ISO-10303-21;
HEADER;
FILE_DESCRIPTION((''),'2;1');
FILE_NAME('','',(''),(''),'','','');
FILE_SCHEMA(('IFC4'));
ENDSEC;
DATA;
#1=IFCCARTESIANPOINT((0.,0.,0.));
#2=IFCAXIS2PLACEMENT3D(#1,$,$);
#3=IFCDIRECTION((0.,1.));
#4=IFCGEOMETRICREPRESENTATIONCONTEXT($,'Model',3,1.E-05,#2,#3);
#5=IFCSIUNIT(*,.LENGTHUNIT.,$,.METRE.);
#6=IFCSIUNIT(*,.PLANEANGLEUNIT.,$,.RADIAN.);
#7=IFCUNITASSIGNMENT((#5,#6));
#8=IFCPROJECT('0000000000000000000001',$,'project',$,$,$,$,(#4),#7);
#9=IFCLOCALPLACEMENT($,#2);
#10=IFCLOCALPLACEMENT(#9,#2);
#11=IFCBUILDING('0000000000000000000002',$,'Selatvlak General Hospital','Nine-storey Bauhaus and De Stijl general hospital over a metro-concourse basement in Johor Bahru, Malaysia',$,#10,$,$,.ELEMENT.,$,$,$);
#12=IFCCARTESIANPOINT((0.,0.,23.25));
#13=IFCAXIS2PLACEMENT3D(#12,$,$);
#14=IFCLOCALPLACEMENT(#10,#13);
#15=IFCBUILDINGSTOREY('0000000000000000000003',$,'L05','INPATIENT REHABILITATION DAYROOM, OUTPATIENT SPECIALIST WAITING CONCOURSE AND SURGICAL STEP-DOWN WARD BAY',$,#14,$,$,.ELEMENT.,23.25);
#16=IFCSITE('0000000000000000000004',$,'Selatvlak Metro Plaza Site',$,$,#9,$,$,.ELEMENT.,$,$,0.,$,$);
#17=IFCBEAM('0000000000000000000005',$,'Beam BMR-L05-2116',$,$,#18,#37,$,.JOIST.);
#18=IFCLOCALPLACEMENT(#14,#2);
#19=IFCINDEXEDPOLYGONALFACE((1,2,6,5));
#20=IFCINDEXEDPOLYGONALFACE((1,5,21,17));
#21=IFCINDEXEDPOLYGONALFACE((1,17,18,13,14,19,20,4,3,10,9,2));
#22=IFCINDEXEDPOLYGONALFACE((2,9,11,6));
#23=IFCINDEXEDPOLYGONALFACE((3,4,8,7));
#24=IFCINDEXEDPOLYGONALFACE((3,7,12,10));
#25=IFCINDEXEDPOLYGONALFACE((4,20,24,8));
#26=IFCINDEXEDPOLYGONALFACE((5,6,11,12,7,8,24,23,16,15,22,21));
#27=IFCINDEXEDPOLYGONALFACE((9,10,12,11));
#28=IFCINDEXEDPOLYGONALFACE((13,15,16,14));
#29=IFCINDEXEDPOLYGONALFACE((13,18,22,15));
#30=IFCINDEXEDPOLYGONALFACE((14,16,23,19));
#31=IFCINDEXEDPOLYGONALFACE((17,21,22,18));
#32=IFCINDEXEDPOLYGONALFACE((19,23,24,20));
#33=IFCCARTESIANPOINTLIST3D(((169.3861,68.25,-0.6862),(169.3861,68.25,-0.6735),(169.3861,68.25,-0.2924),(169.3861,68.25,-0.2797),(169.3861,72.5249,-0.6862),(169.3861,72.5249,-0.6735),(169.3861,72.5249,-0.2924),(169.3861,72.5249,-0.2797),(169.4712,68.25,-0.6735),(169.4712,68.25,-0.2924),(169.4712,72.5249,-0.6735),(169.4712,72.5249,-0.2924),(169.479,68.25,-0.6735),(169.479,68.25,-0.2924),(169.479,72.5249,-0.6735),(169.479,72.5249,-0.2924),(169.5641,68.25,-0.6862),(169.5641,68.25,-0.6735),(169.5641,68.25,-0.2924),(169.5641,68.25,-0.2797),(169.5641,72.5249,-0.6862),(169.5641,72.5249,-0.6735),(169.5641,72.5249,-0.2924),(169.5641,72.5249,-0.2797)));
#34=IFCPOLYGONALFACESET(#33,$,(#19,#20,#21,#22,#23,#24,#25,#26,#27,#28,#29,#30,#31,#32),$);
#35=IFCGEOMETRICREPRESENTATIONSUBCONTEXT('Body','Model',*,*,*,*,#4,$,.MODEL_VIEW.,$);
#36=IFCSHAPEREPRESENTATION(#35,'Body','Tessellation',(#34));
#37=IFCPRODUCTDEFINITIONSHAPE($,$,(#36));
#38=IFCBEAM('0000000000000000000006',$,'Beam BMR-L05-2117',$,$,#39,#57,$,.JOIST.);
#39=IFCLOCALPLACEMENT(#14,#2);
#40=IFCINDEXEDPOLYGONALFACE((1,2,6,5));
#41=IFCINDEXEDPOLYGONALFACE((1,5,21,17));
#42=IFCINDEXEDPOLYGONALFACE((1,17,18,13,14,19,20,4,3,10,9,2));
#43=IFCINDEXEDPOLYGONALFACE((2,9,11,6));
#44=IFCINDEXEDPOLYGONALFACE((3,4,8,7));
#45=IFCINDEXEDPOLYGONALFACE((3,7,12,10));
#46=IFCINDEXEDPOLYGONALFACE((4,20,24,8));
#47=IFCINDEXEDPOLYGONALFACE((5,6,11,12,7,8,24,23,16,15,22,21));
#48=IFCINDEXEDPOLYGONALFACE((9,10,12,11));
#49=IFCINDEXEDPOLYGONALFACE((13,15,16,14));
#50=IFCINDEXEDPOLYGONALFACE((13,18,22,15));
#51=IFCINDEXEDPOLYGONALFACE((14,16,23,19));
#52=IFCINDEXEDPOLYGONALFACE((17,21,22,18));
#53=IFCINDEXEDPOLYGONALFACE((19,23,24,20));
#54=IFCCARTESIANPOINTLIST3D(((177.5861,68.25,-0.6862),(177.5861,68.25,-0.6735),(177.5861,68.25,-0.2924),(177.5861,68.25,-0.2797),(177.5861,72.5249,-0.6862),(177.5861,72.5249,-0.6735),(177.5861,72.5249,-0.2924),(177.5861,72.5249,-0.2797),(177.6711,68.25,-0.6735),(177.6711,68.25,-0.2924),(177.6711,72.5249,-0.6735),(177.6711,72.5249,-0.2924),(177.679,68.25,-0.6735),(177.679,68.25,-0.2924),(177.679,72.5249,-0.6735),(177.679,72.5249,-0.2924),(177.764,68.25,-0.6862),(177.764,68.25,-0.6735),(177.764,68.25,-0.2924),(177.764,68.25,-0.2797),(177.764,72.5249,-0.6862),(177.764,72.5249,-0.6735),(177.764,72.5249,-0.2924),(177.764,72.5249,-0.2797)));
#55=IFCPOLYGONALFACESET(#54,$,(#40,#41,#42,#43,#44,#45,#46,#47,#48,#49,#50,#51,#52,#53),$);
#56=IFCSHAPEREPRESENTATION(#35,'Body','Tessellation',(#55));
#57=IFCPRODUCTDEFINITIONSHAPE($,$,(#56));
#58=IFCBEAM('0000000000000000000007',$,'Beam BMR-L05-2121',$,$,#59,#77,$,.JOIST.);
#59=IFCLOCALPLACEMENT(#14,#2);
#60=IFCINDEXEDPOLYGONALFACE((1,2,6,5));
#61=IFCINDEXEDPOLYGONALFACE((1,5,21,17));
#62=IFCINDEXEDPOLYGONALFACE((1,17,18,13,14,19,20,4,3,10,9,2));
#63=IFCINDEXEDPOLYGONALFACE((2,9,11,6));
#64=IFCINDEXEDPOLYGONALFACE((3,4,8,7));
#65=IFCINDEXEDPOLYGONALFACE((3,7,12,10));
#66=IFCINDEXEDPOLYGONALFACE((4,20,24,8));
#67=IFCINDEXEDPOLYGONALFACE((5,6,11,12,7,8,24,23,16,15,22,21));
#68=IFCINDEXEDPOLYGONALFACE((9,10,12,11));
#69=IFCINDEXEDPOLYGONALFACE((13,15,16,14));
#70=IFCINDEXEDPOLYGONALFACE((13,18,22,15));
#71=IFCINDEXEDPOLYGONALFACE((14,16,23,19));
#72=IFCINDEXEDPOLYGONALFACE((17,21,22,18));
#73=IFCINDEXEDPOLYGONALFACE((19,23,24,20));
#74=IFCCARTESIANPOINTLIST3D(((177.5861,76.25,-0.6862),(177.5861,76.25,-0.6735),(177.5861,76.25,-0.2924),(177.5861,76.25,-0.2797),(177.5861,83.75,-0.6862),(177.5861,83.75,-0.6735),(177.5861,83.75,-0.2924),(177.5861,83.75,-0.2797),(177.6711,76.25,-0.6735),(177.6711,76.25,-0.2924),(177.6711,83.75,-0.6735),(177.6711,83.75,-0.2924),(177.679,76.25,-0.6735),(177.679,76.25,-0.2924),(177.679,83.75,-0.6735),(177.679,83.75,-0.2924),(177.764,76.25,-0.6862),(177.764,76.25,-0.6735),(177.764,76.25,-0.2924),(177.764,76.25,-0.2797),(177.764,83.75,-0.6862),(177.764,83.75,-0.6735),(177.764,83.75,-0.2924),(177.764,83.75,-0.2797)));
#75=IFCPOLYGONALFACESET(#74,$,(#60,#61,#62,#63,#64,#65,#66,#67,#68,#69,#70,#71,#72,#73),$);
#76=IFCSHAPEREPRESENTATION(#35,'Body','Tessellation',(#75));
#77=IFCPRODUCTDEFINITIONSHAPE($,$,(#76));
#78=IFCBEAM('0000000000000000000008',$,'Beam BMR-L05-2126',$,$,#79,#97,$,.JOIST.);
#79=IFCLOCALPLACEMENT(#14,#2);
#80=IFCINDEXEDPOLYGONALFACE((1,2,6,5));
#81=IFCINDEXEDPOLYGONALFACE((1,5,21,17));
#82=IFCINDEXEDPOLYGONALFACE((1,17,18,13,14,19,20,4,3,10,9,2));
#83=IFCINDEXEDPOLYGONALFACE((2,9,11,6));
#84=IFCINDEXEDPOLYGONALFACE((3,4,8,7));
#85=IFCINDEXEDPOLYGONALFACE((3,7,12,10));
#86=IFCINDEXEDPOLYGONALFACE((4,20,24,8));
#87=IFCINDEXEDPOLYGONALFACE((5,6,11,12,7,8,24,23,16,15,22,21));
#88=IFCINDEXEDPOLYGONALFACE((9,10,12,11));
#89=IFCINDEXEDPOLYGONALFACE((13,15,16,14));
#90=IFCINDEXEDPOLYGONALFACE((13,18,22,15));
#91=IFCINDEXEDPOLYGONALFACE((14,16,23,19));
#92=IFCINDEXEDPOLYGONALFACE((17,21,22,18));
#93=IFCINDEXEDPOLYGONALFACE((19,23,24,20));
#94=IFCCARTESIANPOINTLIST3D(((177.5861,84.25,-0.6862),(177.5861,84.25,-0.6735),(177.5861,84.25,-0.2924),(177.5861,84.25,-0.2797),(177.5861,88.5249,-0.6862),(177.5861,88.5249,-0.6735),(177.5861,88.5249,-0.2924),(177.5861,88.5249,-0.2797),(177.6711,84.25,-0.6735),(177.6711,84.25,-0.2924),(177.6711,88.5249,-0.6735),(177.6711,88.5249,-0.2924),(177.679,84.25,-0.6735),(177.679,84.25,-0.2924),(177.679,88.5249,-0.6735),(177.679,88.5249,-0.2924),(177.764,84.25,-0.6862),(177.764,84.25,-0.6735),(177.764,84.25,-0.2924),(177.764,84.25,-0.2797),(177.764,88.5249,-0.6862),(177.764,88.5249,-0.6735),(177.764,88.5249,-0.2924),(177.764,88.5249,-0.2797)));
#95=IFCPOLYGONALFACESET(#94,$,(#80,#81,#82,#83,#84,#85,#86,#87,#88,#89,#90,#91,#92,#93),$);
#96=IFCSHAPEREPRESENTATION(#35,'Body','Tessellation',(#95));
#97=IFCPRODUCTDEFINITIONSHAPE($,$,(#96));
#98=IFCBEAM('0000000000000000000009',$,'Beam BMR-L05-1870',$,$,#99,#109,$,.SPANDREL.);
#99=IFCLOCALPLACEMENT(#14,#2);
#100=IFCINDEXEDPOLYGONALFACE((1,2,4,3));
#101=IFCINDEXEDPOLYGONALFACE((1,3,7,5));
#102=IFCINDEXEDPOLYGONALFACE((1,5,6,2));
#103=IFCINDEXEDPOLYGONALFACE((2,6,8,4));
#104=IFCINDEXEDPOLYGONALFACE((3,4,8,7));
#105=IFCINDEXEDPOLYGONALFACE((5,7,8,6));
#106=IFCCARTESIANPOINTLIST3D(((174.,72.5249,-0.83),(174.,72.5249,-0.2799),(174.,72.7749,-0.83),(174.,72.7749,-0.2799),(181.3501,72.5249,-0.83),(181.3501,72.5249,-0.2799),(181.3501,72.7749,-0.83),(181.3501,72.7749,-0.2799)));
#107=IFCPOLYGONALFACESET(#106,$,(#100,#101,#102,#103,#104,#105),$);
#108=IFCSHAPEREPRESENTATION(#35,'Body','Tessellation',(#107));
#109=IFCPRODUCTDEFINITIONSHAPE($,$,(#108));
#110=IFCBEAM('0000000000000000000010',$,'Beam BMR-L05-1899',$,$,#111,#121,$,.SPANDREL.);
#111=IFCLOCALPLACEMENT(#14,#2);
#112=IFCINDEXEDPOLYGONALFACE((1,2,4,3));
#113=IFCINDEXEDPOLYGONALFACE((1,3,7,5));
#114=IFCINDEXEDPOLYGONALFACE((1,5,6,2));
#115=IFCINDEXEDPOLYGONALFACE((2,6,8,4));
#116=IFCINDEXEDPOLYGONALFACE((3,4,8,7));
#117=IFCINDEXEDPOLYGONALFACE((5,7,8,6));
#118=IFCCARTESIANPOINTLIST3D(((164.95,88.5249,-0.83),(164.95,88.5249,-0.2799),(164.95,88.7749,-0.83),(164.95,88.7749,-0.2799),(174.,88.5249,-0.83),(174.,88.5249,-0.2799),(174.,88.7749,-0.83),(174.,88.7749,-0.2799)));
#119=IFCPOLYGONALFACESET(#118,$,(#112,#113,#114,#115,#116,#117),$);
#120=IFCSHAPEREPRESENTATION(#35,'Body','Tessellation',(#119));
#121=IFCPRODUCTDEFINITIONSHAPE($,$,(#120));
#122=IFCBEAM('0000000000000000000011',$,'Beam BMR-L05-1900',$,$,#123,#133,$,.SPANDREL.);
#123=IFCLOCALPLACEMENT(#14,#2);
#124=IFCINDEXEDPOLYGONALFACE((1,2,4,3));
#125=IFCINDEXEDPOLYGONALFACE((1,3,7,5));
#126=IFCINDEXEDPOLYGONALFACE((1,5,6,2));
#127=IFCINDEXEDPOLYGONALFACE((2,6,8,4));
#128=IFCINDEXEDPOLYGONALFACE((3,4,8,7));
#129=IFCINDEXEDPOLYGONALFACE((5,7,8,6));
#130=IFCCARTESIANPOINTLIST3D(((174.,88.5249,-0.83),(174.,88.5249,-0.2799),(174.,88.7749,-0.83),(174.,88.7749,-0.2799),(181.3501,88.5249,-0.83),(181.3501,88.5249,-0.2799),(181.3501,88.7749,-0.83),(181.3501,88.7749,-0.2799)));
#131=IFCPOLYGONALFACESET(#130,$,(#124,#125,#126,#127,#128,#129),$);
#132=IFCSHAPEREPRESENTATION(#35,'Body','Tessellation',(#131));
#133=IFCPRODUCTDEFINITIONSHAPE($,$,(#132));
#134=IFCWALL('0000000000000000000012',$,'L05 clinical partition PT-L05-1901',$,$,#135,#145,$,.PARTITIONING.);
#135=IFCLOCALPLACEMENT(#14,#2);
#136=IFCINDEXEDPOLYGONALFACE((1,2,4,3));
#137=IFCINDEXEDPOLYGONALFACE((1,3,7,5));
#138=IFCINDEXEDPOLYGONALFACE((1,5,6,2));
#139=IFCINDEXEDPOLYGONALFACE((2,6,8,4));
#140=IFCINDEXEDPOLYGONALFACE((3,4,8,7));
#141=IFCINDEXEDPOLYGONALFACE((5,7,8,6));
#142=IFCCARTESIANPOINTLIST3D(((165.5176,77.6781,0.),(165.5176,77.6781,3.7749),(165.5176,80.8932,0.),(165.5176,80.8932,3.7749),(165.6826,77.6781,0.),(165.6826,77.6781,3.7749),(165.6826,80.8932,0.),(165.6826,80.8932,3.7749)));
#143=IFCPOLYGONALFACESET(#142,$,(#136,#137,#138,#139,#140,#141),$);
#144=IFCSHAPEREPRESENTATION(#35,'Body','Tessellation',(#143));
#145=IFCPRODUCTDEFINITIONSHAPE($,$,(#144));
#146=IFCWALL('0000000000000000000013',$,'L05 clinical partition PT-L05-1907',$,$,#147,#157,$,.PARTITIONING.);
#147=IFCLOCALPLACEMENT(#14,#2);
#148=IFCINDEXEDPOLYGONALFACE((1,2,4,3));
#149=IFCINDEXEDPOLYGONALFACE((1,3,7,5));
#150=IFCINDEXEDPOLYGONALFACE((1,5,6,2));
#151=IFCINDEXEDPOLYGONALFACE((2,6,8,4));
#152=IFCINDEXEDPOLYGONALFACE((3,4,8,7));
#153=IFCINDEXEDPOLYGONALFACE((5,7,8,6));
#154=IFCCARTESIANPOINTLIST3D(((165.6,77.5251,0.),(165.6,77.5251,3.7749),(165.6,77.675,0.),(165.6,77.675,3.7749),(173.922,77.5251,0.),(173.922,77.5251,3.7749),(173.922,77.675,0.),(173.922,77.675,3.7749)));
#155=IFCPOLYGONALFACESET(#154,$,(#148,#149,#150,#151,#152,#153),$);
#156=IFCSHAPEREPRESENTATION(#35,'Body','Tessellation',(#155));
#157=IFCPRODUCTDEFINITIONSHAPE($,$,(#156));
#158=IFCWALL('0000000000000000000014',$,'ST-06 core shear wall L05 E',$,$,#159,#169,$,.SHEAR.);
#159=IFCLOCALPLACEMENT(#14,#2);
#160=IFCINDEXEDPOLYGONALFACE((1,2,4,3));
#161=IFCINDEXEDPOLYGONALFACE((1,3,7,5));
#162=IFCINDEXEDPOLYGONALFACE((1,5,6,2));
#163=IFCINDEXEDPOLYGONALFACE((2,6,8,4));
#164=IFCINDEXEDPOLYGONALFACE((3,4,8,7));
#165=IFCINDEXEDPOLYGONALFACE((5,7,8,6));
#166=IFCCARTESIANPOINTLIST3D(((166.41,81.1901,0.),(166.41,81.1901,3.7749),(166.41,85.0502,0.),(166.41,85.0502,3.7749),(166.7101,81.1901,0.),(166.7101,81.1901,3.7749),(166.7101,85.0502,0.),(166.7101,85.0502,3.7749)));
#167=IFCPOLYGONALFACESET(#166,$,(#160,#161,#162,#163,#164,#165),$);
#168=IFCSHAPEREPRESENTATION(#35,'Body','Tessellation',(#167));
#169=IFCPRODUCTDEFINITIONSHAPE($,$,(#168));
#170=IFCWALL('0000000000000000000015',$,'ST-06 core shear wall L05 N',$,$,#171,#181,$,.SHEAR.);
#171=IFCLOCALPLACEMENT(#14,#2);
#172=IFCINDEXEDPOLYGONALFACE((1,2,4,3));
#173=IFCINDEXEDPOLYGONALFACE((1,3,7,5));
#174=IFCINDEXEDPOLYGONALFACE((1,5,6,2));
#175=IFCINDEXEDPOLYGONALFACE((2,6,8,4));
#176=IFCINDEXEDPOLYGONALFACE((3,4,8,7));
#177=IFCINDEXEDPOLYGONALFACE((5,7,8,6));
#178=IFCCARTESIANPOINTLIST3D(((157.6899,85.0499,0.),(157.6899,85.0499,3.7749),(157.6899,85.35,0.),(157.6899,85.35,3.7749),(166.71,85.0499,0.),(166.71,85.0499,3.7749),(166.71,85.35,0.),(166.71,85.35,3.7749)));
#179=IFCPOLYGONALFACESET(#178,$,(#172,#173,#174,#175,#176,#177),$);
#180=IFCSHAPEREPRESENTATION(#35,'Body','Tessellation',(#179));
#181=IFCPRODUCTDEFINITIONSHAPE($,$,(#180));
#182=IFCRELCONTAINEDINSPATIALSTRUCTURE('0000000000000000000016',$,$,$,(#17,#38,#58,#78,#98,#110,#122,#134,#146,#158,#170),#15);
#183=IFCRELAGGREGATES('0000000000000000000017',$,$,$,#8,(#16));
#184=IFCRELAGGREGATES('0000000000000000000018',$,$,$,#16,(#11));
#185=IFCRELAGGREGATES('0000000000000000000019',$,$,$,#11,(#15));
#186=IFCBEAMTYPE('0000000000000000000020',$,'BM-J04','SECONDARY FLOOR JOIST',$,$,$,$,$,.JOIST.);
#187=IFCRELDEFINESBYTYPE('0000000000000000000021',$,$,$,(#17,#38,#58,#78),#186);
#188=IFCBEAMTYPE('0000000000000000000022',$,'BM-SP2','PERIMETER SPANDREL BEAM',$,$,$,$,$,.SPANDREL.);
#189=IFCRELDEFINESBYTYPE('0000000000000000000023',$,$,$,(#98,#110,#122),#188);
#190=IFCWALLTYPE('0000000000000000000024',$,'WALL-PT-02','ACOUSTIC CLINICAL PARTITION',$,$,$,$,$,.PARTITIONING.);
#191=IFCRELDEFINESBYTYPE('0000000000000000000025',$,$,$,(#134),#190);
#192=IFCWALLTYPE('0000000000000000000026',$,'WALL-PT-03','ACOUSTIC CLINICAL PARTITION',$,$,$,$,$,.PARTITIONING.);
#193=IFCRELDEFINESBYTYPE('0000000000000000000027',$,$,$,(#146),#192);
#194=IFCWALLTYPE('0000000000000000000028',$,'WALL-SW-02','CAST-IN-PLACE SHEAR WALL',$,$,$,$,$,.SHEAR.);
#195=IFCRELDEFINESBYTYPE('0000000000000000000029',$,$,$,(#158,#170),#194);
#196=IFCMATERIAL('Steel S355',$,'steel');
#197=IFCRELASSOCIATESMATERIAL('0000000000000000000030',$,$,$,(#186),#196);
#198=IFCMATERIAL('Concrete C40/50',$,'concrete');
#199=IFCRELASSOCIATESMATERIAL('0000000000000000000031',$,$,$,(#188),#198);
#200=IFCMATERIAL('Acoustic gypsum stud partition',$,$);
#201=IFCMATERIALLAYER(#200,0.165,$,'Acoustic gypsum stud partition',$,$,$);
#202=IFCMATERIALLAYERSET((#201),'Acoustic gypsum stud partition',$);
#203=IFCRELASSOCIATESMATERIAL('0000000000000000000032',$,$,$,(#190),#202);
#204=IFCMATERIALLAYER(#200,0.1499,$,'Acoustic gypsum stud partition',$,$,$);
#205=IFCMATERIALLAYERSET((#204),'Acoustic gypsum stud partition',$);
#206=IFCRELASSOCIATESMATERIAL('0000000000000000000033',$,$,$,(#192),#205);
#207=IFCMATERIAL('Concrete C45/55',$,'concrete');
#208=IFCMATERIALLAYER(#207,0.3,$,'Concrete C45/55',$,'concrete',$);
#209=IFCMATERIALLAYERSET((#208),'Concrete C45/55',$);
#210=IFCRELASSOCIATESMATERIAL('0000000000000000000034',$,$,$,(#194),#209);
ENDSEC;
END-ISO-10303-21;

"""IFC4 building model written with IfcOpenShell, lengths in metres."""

from ifc_helpers import new_model, si_unit, direction, frame, frame_2d, origin, origin_2d, place, context, subcontext, project, spatial, rectangle, i_section, extrude, material, layer, layer_set, material_profile, profile_set, type_object, element, save


model = new_model("IFC4")

# Units and contexts
model_context = context("Model", 3, precision=1e-05, world=origin(), true_north=direction((0.0, 1.0)))
body_context = subcontext(model_context, "Body", "Model", "MODEL_VIEW")
ifc_project = project(units=[si_unit("LENGTHUNIT", "METRE"), si_unit("PLANEANGLEUNIT", "RADIAN")], contexts=[model_context])

# Site, building, storey
site_placement = place(None, origin())
site = spatial("IfcSite", under=ifc_project, at=site_placement, Name="Selatvlak Metro Plaza Site", CompositionType="ELEMENT", RefElevation=0.0)
building_placement = place(site_placement, origin())
building = spatial("IfcBuilding", under=site, at=building_placement, Name="Selatvlak General Hospital", Description="Nine-storey Bauhaus and De Stijl general hospital over a metro-concourse basement in Johor Bahru, Malaysia", CompositionType="ELEMENT")
storey_placement = place(building_placement, frame((0.0, 0.0, 23.25)))
storey = spatial("IfcBuildingStorey", under=building, at=storey_placement, Name="L05", Description="INPATIENT REHABILITATION DAYROOM, OUTPATIENT SPECIALIST WAITING CONCOURSE AND SURGICAL STEP-DOWN WARD BAY", CompositionType="ELEMENT", Elevation=23.25)

# Shared definitions
ifc_material_1 = material(Name="Concrete C40/50", Category="concrete")

# Beams
ifc_material_2 = material(Name="Steel S355", Category="steel")
ifc_material_profile_1 = material_profile(ifc_material_2, i_section(OverallWidth=0.178, OverallDepth=0.4065, WebThickness=0.0078, FlangeThickness=0.0127, at=origin_2d()), Name="UB 406x178x60")
ifc_profile_set_1 = profile_set([ifc_material_profile_1], Name="Steel S355")
beam_type_1 = type_object("IfcBeamType", Name="BM-J04", Description="SECONDARY FLOOR JOIST", PredefinedType="JOIST", material=ifc_profile_set_1)
for number, where, z_axis, x_axis, name in (
    (1, (169.4751, 68.25, -0.4829), (0.0, 1.0, 0.0), (-1.0, 0.0, 0.0), "Beam BMR-L05-2116"),
    (2, (177.675, 68.25, -0.4829), (0.0, 1.0, 0.0), (-1.0, 0.0, 0.0), "Beam BMR-L05-2117"),
):
    element("IfcBeam", number, at=place(storey_placement, frame(where, z_axis=z_axis, x_axis=x_axis)), inside=storey, type_object=beam_type_1, Name=name, PredefinedType="JOIST", context=body_context, shape_type="SweptSolid", body=[
        extrude(i_section(OverallWidth=0.178, OverallDepth=0.4065, WebThickness=0.0078, FlangeThickness=0.0127, at=origin_2d()), origin(), (0.0, 0.0, 1.0), 4.2749),
    ])
beam_1_placement = place(storey_placement, frame((177.675, 76.25, -0.4829), z_axis=(0.0, 1.0, 0.0), x_axis=(-1.0, 0.0, 0.0)))
element("IfcBeam", 3, at=beam_1_placement, inside=storey, type_object=beam_type_1, Name="Beam BMR-L05-2121", PredefinedType="JOIST", context=body_context, shape_type="SweptSolid", body=[
    extrude(i_section(OverallWidth=0.178, OverallDepth=0.4065, WebThickness=0.0078, FlangeThickness=0.0127, at=origin_2d()), origin(), (0.0, 0.0, 1.0), 7.5),
])
beam_2_placement = place(storey_placement, frame((177.675, 84.25, -0.4829), z_axis=(0.0, 1.0, 0.0), x_axis=(-1.0, 0.0, 0.0)))
element("IfcBeam", 4, at=beam_2_placement, inside=storey, type_object=beam_type_1, Name="Beam BMR-L05-2126", PredefinedType="JOIST", context=body_context, shape_type="SweptSolid", body=[
    extrude(i_section(OverallWidth=0.178, OverallDepth=0.4065, WebThickness=0.0078, FlangeThickness=0.0127, at=origin_2d()), origin(), (0.0, 0.0, 1.0), 4.2749),
])
ifc_material_profile_2 = material_profile(ifc_material_1, rectangle(XDim=0.25, YDim=0.55, at=origin_2d()), Name="RC-SP 250x550")
ifc_profile_set_2 = profile_set([ifc_material_profile_2], Name="Concrete C40/50")
beam_type_2 = type_object("IfcBeamType", Name="BM-SP2", Description="PERIMETER SPANDREL BEAM", PredefinedType="SPANDREL", material=ifc_profile_set_2)
beam_3_placement = place(storey_placement, frame((174.0, 72.6499, -0.5549), z_axis=(1.0, 0.0, 0.0), x_axis=(0.0, 1.0, 0.0)))
element("IfcBeam", 5, at=beam_3_placement, inside=storey, type_object=beam_type_2, Name="Beam BMR-L05-1870", PredefinedType="SPANDREL", context=body_context, shape_type="SweptSolid", body=[
    extrude(rectangle(XDim=0.25, YDim=0.55, at=origin_2d()), origin(), (0.0, 0.0, 1.0), 7.3501),
])
beam_4_placement = place(storey_placement, frame((164.95, 88.6499, -0.5549), z_axis=(1.0, 0.0, 0.0), x_axis=(0.0, 1.0, 0.0)))
element("IfcBeam", 6, at=beam_4_placement, inside=storey, type_object=beam_type_2, Name="Beam BMR-L05-1899", PredefinedType="SPANDREL", context=body_context, shape_type="SweptSolid", body=[
    extrude(rectangle(XDim=0.25, YDim=0.55, at=origin_2d()), origin(), (0.0, 0.0, 1.0), 9.05),
])
beam_5_placement = place(storey_placement, frame((174.0, 88.6499, -0.5549), z_axis=(1.0, 0.0, 0.0), x_axis=(0.0, 1.0, 0.0)))
element("IfcBeam", 7, at=beam_5_placement, inside=storey, type_object=beam_type_2, Name="Beam BMR-L05-1900", PredefinedType="SPANDREL", context=body_context, shape_type="SweptSolid", body=[
    extrude(rectangle(XDim=0.25, YDim=0.55, at=origin_2d()), origin(), (0.0, 0.0, 1.0), 7.3501),
])

# Walls
ifc_material_3 = material(Name="Acoustic gypsum stud partition")
ifc_layer_1 = layer(ifc_material_3, 0.165, Name="Acoustic gypsum stud partition")
ifc_layer_set_1 = layer_set([ifc_layer_1], Name="Acoustic gypsum stud partition")
wall_type_1 = type_object("IfcWallType", Name="WALL-PT-02", Description="ACOUSTIC CLINICAL PARTITION", PredefinedType="PARTITIONING", material=ifc_layer_set_1)
wall_1_placement = place(storey_placement, frame((165.6001, 80.8931, 0.0), z_axis=(0.0, 0.0, 1.0), x_axis=(0.0, -1.0, 0.0)))
element("IfcWall", 8, at=wall_1_placement, inside=storey, type_object=wall_type_1, Name="L05 clinical partition PT-L05-1901", PredefinedType="PARTITIONING", context=body_context, shape_type="SweptSolid", body=[
    extrude(rectangle(XDim=3.2151, YDim=0.165, at=frame_2d((1.6074, 0.0))), origin(), (0.0, 0.0, 1.0), 3.7749),
])
ifc_layer_2 = layer(ifc_material_3, 0.1499, Name="Acoustic gypsum stud partition")
ifc_layer_set_2 = layer_set([ifc_layer_2], Name="Acoustic gypsum stud partition")
wall_type_2 = type_object("IfcWallType", Name="WALL-PT-03", Description="ACOUSTIC CLINICAL PARTITION", PredefinedType="PARTITIONING", material=ifc_layer_set_2)
wall_2_placement = place(storey_placement, frame((173.9221, 77.6001, 0.0), z_axis=(0.0, 0.0, 1.0), x_axis=(-1.0, 0.0, 0.0)))
element("IfcWall", 9, at=wall_2_placement, inside=storey, type_object=wall_type_2, Name="L05 clinical partition PT-L05-1907", PredefinedType="PARTITIONING", context=body_context, shape_type="SweptSolid", body=[
    extrude(rectangle(XDim=8.322, YDim=0.1499, at=frame_2d((4.1611, 0.0))), origin(), (0.0, 0.0, 1.0), 3.7749),
])
ifc_material_4 = material(Name="Concrete C45/55", Category="concrete")
ifc_layer_3 = layer(ifc_material_4, 0.3, Name="Concrete C45/55", Category="concrete")
ifc_layer_set_3 = layer_set([ifc_layer_3], Name="Concrete C45/55")
wall_type_3 = type_object("IfcWallType", Name="WALL-SW-02", Description="CAST-IN-PLACE SHEAR WALL", PredefinedType="SHEAR", material=ifc_layer_set_3)
wall_3_placement = place(storey_placement, frame((166.5601, 81.1899, 0.0), z_axis=(0.0, 0.0, 1.0), x_axis=(0.0, 1.0, 0.0)))
element("IfcWall", 10, at=wall_3_placement, inside=storey, type_object=wall_type_3, Name="ST-06 core shear wall L05 E", PredefinedType="SHEAR", context=body_context, shape_type="SweptSolid", body=[
    extrude(rectangle(XDim=3.8601, YDim=0.3, at=frame_2d((1.9302, 0.0))), origin(), (0.0, 0.0, 1.0), 3.7749),
])
wall_4_placement = place(storey_placement, frame((166.71, 85.2, 0.0), z_axis=(0.0, 0.0, 1.0), x_axis=(-1.0, 0.0, 0.0)))
element("IfcWall", 11, at=wall_4_placement, inside=storey, type_object=wall_type_3, Name="ST-06 core shear wall L05 N", PredefinedType="SHEAR", context=body_context, shape_type="SweptSolid", body=[
    extrude(rectangle(XDim=9.02, YDim=0.3, at=frame_2d((4.51, 0.0))), origin(), (0.0, 0.0, 1.0), 3.7749),
])

save(model, "model.ifc")
